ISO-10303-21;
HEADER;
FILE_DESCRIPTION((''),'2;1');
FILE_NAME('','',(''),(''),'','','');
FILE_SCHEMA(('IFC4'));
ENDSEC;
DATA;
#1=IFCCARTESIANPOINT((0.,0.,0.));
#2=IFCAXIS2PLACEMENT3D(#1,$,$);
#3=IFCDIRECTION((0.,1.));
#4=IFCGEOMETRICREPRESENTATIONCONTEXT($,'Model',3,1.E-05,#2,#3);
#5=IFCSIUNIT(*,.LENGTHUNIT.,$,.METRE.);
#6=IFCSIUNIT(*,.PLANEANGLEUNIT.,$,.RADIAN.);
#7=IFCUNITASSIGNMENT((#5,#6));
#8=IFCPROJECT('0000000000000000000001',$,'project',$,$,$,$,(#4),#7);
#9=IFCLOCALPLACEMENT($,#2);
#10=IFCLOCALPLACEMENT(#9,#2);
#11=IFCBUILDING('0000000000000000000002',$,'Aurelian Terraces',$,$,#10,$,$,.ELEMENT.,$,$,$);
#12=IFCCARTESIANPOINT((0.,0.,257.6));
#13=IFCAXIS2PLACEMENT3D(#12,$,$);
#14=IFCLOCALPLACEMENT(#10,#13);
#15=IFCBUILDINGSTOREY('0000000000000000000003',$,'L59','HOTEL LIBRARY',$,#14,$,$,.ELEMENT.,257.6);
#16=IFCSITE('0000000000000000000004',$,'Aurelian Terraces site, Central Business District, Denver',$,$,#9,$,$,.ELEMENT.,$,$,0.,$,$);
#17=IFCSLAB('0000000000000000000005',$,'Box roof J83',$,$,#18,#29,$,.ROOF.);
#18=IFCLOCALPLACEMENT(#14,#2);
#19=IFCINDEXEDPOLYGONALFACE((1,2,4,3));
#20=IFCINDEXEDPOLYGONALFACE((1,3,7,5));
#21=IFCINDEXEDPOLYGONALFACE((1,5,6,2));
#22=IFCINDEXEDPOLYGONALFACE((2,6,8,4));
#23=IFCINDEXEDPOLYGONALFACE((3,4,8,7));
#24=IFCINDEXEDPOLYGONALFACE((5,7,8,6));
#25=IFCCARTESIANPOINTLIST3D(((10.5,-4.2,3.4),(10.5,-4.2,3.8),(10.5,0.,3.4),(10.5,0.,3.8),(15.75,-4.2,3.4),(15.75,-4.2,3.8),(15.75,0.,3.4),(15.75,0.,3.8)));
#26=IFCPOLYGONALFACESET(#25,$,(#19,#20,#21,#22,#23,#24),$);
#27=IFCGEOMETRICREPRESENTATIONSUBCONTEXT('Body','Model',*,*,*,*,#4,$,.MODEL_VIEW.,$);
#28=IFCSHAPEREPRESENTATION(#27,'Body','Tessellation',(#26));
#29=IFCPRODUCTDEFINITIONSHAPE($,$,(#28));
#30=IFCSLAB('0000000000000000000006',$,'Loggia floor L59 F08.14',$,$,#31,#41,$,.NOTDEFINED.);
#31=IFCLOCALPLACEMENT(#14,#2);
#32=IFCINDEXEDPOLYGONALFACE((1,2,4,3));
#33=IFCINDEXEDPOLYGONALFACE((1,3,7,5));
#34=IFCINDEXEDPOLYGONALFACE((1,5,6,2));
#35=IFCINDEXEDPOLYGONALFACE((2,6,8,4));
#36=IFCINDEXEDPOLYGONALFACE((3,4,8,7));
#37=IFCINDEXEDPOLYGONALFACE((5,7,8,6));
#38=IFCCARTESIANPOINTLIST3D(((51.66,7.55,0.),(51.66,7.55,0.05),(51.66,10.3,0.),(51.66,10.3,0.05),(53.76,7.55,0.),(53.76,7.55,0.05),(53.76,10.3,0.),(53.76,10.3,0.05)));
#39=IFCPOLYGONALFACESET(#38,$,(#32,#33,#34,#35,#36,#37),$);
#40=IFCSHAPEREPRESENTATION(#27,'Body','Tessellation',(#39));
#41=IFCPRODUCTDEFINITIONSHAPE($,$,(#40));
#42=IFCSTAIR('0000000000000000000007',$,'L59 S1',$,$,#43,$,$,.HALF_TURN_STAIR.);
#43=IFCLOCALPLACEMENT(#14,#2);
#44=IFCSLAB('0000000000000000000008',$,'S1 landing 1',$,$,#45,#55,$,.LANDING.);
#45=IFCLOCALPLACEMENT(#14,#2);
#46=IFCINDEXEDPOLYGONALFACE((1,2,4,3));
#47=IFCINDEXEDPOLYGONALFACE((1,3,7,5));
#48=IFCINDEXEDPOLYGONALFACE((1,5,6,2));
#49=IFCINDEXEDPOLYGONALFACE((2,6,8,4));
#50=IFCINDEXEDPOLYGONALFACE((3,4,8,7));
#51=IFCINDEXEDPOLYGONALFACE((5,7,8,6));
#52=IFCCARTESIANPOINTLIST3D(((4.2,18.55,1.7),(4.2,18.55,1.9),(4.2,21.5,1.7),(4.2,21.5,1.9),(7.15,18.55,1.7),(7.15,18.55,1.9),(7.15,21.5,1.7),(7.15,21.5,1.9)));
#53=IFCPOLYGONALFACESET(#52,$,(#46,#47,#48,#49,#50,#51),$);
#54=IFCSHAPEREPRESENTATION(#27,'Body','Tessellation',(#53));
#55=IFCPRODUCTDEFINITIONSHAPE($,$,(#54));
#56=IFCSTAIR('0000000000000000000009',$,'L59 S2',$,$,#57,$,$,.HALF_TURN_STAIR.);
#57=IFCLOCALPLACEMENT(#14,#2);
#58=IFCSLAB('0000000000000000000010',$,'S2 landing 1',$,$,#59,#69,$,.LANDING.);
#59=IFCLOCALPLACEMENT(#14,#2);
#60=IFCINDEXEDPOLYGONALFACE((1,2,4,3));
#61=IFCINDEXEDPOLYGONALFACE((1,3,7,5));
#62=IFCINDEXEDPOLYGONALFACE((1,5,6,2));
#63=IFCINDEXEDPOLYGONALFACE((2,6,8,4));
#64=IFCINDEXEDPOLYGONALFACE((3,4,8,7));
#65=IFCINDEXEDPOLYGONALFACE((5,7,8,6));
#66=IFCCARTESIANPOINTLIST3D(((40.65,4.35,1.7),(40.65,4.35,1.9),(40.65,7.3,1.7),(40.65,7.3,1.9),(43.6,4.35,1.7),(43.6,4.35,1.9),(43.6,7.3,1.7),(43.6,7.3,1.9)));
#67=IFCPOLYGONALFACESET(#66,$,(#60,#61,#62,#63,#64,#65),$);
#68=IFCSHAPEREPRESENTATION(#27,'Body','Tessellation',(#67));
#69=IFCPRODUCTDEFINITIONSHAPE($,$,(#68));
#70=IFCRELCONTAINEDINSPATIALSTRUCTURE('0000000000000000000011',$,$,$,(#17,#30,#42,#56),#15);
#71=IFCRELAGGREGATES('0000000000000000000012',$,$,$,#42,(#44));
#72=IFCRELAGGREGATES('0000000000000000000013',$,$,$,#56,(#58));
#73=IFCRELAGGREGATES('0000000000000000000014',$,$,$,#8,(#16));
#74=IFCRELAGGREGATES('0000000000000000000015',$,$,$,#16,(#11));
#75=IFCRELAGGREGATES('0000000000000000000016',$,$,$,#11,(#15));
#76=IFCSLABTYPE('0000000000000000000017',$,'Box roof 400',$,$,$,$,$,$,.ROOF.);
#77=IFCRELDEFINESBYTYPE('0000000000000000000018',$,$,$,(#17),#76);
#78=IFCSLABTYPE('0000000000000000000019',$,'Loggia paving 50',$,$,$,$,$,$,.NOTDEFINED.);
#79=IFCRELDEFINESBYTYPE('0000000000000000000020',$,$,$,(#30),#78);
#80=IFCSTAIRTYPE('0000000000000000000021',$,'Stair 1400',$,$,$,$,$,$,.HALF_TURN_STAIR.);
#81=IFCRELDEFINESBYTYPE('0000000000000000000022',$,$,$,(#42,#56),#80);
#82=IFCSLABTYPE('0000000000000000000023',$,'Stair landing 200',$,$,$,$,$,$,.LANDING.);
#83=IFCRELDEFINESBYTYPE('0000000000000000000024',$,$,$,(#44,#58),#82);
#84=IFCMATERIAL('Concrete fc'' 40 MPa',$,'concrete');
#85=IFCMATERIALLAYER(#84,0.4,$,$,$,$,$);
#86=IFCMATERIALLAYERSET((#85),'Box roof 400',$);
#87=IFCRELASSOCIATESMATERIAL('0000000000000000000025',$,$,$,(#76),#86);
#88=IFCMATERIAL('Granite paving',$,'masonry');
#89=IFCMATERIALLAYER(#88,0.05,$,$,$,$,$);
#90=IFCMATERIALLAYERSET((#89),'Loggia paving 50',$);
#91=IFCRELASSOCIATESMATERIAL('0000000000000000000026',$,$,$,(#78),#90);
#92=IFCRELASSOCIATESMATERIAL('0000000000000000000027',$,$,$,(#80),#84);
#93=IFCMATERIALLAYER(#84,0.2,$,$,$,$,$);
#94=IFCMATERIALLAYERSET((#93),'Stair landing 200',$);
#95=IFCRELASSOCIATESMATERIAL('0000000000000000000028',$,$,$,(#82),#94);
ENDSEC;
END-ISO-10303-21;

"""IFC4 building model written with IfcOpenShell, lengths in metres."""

from ifc_helpers import new_model, si_unit, direction, frame, origin, place, context, subcontext, project, spatial, polyline, outline, extrude, source, transform, mapped, material, layer, layer_set, type_object, element, aggregate, save


model = new_model("IFC4")

# Units and contexts
model_context = context("Model", 3, precision=1e-05, world=origin(), true_north=direction((0.0, 1.0)))
body_context = subcontext(model_context, "Body", "Model", "MODEL_VIEW")
ifc_project = project(units=[si_unit("LENGTHUNIT", "METRE"), si_unit("PLANEANGLEUNIT", "RADIAN")], contexts=[model_context])

# Site, building, storey
site_placement = place(None, origin())
site = spatial("IfcSite", under=ifc_project, at=site_placement, Name="Aurelian Terraces site, Central Business District, Denver", CompositionType="ELEMENT", RefElevation=0.0)
building_placement = place(site_placement, origin())
building = spatial("IfcBuilding", under=site, at=building_placement, Name="Aurelian Terraces", CompositionType="ELEMENT")
storey_placement = place(building_placement, frame((0.0, 0.0, 257.6)))
storey = spatial("IfcBuildingStorey", under=building, at=storey_placement, Name="L59", Description="HOTEL LIBRARY", CompositionType="ELEMENT", Elevation=257.6)

# Slabs
ifc_material_1 = material(Name="Concrete fc' 40 MPa", Category="concrete")
ifc_layer_1 = layer(ifc_material_1, 0.4)
ifc_layer_set_1 = layer_set([ifc_layer_1], Name="Box roof 400")
slab_type_1 = type_object("IfcSlabType", Name="Box roof 400", PredefinedType="ROOF", material=ifc_layer_set_1)
shared_shape_1 = source(origin(), body_context, "Body", "SweptSolid", [
    extrude(outline(polyline([(10.5, -4.2), (15.75, -4.2), (15.75, 0.0), (10.5, 0.0), (10.5, -4.2)])), origin(), (0.0, 0.0, 1.0), 0.4),
])
slab_1_placement = place(storey_placement, frame((0.0, 0.0, 3.4)))
element("IfcSlab", 1, at=slab_1_placement, inside=storey, type_object=slab_type_1, Name="Box roof J83", PredefinedType="ROOF", context=body_context, shape_type="MappedRepresentation", body=[
    mapped(shared_shape_1, transform((0.0, 0.0, 0.0), scale=1.0)),
])
ifc_material_2 = material(Name="Granite paving", Category="masonry")
ifc_layer_2 = layer(ifc_material_2, 0.05)
ifc_layer_set_2 = layer_set([ifc_layer_2], Name="Loggia paving 50")
slab_type_2 = type_object("IfcSlabType", Name="Loggia paving 50", PredefinedType="NOTDEFINED", material=ifc_layer_set_2)
shared_shape_2 = source(origin(), body_context, "Body", "SweptSolid", [
    extrude(outline(polyline([(53.76, 7.55), (53.76, 10.3), (51.66, 10.3), (51.66, 7.55), (53.76, 7.55)])), origin(), (0.0, 0.0, 1.0), 0.05),
])
slab_2_placement = place(storey_placement, origin())
element("IfcSlab", 2, at=slab_2_placement, inside=storey, type_object=slab_type_2, Name="Loggia floor L59 F08.14", PredefinedType="NOTDEFINED", context=body_context, shape_type="MappedRepresentation", body=[
    mapped(shared_shape_2, transform((0.0, 0.0, 0.0), scale=1.0)),
])

# Stairs, slabs
stair_type = type_object("IfcStairType", Name="Stair 1400", PredefinedType="HALF_TURN_STAIR", material=ifc_material_1)
stair_1_placement = place(storey_placement, origin())
stair_1 = element("IfcStair", 3, at=stair_1_placement, inside=storey, type_object=stair_type, Name="L59 S1", PredefinedType="HALF_TURN_STAIR")
ifc_layer_3 = layer(ifc_material_1, 0.2)
ifc_layer_set_3 = layer_set([ifc_layer_3], Name="Stair landing 200")
slab_type_3 = type_object("IfcSlabType", Name="Stair landing 200", PredefinedType="LANDING", material=ifc_layer_set_3)
shared_shape_3 = source(origin(), body_context, "Body", "SweptSolid", [
    extrude(outline(polyline([(7.15, 18.55), (7.15, 21.5), (4.2, 21.5), (4.2, 18.55), (7.15, 18.55)])), origin(), (0.0, 0.0, 1.0), 0.2),
])
slab_3_placement = place(storey_placement, frame((0.0, 0.0, 1.7)))
slab_3 = element("IfcSlab", 4, at=slab_3_placement, type_object=slab_type_3, Name="S1 landing 1", PredefinedType="LANDING", context=body_context, shape_type="MappedRepresentation", body=[
    mapped(shared_shape_3, transform((0.0, 0.0, 0.0), scale=1.0)),
])
aggregate(stair_1, [slab_3])
stair_2_placement = place(storey_placement, origin())
stair_2 = element("IfcStair", 5, at=stair_2_placement, inside=storey, type_object=stair_type, Name="L59 S2", PredefinedType="HALF_TURN_STAIR")
shared_shape_4 = source(origin(), body_context, "Body", "SweptSolid", [
    extrude(outline(polyline([(43.6, 4.35), (43.6, 7.3), (40.65, 7.3), (40.65, 4.35), (43.6, 4.35)])), origin(), (0.0, 0.0, 1.0), 0.2),
])
slab_4_placement = place(storey_placement, frame((0.0, 0.0, 1.7)))
slab_4 = element("IfcSlab", 6, at=slab_4_placement, type_object=slab_type_3, Name="S2 landing 1", PredefinedType="LANDING", context=body_context, shape_type="MappedRepresentation", body=[
    mapped(shared_shape_4, transform((0.0, 0.0, 0.0), scale=1.0)),
])
aggregate(stair_2, [slab_4])

save(model, "model.ifc")
